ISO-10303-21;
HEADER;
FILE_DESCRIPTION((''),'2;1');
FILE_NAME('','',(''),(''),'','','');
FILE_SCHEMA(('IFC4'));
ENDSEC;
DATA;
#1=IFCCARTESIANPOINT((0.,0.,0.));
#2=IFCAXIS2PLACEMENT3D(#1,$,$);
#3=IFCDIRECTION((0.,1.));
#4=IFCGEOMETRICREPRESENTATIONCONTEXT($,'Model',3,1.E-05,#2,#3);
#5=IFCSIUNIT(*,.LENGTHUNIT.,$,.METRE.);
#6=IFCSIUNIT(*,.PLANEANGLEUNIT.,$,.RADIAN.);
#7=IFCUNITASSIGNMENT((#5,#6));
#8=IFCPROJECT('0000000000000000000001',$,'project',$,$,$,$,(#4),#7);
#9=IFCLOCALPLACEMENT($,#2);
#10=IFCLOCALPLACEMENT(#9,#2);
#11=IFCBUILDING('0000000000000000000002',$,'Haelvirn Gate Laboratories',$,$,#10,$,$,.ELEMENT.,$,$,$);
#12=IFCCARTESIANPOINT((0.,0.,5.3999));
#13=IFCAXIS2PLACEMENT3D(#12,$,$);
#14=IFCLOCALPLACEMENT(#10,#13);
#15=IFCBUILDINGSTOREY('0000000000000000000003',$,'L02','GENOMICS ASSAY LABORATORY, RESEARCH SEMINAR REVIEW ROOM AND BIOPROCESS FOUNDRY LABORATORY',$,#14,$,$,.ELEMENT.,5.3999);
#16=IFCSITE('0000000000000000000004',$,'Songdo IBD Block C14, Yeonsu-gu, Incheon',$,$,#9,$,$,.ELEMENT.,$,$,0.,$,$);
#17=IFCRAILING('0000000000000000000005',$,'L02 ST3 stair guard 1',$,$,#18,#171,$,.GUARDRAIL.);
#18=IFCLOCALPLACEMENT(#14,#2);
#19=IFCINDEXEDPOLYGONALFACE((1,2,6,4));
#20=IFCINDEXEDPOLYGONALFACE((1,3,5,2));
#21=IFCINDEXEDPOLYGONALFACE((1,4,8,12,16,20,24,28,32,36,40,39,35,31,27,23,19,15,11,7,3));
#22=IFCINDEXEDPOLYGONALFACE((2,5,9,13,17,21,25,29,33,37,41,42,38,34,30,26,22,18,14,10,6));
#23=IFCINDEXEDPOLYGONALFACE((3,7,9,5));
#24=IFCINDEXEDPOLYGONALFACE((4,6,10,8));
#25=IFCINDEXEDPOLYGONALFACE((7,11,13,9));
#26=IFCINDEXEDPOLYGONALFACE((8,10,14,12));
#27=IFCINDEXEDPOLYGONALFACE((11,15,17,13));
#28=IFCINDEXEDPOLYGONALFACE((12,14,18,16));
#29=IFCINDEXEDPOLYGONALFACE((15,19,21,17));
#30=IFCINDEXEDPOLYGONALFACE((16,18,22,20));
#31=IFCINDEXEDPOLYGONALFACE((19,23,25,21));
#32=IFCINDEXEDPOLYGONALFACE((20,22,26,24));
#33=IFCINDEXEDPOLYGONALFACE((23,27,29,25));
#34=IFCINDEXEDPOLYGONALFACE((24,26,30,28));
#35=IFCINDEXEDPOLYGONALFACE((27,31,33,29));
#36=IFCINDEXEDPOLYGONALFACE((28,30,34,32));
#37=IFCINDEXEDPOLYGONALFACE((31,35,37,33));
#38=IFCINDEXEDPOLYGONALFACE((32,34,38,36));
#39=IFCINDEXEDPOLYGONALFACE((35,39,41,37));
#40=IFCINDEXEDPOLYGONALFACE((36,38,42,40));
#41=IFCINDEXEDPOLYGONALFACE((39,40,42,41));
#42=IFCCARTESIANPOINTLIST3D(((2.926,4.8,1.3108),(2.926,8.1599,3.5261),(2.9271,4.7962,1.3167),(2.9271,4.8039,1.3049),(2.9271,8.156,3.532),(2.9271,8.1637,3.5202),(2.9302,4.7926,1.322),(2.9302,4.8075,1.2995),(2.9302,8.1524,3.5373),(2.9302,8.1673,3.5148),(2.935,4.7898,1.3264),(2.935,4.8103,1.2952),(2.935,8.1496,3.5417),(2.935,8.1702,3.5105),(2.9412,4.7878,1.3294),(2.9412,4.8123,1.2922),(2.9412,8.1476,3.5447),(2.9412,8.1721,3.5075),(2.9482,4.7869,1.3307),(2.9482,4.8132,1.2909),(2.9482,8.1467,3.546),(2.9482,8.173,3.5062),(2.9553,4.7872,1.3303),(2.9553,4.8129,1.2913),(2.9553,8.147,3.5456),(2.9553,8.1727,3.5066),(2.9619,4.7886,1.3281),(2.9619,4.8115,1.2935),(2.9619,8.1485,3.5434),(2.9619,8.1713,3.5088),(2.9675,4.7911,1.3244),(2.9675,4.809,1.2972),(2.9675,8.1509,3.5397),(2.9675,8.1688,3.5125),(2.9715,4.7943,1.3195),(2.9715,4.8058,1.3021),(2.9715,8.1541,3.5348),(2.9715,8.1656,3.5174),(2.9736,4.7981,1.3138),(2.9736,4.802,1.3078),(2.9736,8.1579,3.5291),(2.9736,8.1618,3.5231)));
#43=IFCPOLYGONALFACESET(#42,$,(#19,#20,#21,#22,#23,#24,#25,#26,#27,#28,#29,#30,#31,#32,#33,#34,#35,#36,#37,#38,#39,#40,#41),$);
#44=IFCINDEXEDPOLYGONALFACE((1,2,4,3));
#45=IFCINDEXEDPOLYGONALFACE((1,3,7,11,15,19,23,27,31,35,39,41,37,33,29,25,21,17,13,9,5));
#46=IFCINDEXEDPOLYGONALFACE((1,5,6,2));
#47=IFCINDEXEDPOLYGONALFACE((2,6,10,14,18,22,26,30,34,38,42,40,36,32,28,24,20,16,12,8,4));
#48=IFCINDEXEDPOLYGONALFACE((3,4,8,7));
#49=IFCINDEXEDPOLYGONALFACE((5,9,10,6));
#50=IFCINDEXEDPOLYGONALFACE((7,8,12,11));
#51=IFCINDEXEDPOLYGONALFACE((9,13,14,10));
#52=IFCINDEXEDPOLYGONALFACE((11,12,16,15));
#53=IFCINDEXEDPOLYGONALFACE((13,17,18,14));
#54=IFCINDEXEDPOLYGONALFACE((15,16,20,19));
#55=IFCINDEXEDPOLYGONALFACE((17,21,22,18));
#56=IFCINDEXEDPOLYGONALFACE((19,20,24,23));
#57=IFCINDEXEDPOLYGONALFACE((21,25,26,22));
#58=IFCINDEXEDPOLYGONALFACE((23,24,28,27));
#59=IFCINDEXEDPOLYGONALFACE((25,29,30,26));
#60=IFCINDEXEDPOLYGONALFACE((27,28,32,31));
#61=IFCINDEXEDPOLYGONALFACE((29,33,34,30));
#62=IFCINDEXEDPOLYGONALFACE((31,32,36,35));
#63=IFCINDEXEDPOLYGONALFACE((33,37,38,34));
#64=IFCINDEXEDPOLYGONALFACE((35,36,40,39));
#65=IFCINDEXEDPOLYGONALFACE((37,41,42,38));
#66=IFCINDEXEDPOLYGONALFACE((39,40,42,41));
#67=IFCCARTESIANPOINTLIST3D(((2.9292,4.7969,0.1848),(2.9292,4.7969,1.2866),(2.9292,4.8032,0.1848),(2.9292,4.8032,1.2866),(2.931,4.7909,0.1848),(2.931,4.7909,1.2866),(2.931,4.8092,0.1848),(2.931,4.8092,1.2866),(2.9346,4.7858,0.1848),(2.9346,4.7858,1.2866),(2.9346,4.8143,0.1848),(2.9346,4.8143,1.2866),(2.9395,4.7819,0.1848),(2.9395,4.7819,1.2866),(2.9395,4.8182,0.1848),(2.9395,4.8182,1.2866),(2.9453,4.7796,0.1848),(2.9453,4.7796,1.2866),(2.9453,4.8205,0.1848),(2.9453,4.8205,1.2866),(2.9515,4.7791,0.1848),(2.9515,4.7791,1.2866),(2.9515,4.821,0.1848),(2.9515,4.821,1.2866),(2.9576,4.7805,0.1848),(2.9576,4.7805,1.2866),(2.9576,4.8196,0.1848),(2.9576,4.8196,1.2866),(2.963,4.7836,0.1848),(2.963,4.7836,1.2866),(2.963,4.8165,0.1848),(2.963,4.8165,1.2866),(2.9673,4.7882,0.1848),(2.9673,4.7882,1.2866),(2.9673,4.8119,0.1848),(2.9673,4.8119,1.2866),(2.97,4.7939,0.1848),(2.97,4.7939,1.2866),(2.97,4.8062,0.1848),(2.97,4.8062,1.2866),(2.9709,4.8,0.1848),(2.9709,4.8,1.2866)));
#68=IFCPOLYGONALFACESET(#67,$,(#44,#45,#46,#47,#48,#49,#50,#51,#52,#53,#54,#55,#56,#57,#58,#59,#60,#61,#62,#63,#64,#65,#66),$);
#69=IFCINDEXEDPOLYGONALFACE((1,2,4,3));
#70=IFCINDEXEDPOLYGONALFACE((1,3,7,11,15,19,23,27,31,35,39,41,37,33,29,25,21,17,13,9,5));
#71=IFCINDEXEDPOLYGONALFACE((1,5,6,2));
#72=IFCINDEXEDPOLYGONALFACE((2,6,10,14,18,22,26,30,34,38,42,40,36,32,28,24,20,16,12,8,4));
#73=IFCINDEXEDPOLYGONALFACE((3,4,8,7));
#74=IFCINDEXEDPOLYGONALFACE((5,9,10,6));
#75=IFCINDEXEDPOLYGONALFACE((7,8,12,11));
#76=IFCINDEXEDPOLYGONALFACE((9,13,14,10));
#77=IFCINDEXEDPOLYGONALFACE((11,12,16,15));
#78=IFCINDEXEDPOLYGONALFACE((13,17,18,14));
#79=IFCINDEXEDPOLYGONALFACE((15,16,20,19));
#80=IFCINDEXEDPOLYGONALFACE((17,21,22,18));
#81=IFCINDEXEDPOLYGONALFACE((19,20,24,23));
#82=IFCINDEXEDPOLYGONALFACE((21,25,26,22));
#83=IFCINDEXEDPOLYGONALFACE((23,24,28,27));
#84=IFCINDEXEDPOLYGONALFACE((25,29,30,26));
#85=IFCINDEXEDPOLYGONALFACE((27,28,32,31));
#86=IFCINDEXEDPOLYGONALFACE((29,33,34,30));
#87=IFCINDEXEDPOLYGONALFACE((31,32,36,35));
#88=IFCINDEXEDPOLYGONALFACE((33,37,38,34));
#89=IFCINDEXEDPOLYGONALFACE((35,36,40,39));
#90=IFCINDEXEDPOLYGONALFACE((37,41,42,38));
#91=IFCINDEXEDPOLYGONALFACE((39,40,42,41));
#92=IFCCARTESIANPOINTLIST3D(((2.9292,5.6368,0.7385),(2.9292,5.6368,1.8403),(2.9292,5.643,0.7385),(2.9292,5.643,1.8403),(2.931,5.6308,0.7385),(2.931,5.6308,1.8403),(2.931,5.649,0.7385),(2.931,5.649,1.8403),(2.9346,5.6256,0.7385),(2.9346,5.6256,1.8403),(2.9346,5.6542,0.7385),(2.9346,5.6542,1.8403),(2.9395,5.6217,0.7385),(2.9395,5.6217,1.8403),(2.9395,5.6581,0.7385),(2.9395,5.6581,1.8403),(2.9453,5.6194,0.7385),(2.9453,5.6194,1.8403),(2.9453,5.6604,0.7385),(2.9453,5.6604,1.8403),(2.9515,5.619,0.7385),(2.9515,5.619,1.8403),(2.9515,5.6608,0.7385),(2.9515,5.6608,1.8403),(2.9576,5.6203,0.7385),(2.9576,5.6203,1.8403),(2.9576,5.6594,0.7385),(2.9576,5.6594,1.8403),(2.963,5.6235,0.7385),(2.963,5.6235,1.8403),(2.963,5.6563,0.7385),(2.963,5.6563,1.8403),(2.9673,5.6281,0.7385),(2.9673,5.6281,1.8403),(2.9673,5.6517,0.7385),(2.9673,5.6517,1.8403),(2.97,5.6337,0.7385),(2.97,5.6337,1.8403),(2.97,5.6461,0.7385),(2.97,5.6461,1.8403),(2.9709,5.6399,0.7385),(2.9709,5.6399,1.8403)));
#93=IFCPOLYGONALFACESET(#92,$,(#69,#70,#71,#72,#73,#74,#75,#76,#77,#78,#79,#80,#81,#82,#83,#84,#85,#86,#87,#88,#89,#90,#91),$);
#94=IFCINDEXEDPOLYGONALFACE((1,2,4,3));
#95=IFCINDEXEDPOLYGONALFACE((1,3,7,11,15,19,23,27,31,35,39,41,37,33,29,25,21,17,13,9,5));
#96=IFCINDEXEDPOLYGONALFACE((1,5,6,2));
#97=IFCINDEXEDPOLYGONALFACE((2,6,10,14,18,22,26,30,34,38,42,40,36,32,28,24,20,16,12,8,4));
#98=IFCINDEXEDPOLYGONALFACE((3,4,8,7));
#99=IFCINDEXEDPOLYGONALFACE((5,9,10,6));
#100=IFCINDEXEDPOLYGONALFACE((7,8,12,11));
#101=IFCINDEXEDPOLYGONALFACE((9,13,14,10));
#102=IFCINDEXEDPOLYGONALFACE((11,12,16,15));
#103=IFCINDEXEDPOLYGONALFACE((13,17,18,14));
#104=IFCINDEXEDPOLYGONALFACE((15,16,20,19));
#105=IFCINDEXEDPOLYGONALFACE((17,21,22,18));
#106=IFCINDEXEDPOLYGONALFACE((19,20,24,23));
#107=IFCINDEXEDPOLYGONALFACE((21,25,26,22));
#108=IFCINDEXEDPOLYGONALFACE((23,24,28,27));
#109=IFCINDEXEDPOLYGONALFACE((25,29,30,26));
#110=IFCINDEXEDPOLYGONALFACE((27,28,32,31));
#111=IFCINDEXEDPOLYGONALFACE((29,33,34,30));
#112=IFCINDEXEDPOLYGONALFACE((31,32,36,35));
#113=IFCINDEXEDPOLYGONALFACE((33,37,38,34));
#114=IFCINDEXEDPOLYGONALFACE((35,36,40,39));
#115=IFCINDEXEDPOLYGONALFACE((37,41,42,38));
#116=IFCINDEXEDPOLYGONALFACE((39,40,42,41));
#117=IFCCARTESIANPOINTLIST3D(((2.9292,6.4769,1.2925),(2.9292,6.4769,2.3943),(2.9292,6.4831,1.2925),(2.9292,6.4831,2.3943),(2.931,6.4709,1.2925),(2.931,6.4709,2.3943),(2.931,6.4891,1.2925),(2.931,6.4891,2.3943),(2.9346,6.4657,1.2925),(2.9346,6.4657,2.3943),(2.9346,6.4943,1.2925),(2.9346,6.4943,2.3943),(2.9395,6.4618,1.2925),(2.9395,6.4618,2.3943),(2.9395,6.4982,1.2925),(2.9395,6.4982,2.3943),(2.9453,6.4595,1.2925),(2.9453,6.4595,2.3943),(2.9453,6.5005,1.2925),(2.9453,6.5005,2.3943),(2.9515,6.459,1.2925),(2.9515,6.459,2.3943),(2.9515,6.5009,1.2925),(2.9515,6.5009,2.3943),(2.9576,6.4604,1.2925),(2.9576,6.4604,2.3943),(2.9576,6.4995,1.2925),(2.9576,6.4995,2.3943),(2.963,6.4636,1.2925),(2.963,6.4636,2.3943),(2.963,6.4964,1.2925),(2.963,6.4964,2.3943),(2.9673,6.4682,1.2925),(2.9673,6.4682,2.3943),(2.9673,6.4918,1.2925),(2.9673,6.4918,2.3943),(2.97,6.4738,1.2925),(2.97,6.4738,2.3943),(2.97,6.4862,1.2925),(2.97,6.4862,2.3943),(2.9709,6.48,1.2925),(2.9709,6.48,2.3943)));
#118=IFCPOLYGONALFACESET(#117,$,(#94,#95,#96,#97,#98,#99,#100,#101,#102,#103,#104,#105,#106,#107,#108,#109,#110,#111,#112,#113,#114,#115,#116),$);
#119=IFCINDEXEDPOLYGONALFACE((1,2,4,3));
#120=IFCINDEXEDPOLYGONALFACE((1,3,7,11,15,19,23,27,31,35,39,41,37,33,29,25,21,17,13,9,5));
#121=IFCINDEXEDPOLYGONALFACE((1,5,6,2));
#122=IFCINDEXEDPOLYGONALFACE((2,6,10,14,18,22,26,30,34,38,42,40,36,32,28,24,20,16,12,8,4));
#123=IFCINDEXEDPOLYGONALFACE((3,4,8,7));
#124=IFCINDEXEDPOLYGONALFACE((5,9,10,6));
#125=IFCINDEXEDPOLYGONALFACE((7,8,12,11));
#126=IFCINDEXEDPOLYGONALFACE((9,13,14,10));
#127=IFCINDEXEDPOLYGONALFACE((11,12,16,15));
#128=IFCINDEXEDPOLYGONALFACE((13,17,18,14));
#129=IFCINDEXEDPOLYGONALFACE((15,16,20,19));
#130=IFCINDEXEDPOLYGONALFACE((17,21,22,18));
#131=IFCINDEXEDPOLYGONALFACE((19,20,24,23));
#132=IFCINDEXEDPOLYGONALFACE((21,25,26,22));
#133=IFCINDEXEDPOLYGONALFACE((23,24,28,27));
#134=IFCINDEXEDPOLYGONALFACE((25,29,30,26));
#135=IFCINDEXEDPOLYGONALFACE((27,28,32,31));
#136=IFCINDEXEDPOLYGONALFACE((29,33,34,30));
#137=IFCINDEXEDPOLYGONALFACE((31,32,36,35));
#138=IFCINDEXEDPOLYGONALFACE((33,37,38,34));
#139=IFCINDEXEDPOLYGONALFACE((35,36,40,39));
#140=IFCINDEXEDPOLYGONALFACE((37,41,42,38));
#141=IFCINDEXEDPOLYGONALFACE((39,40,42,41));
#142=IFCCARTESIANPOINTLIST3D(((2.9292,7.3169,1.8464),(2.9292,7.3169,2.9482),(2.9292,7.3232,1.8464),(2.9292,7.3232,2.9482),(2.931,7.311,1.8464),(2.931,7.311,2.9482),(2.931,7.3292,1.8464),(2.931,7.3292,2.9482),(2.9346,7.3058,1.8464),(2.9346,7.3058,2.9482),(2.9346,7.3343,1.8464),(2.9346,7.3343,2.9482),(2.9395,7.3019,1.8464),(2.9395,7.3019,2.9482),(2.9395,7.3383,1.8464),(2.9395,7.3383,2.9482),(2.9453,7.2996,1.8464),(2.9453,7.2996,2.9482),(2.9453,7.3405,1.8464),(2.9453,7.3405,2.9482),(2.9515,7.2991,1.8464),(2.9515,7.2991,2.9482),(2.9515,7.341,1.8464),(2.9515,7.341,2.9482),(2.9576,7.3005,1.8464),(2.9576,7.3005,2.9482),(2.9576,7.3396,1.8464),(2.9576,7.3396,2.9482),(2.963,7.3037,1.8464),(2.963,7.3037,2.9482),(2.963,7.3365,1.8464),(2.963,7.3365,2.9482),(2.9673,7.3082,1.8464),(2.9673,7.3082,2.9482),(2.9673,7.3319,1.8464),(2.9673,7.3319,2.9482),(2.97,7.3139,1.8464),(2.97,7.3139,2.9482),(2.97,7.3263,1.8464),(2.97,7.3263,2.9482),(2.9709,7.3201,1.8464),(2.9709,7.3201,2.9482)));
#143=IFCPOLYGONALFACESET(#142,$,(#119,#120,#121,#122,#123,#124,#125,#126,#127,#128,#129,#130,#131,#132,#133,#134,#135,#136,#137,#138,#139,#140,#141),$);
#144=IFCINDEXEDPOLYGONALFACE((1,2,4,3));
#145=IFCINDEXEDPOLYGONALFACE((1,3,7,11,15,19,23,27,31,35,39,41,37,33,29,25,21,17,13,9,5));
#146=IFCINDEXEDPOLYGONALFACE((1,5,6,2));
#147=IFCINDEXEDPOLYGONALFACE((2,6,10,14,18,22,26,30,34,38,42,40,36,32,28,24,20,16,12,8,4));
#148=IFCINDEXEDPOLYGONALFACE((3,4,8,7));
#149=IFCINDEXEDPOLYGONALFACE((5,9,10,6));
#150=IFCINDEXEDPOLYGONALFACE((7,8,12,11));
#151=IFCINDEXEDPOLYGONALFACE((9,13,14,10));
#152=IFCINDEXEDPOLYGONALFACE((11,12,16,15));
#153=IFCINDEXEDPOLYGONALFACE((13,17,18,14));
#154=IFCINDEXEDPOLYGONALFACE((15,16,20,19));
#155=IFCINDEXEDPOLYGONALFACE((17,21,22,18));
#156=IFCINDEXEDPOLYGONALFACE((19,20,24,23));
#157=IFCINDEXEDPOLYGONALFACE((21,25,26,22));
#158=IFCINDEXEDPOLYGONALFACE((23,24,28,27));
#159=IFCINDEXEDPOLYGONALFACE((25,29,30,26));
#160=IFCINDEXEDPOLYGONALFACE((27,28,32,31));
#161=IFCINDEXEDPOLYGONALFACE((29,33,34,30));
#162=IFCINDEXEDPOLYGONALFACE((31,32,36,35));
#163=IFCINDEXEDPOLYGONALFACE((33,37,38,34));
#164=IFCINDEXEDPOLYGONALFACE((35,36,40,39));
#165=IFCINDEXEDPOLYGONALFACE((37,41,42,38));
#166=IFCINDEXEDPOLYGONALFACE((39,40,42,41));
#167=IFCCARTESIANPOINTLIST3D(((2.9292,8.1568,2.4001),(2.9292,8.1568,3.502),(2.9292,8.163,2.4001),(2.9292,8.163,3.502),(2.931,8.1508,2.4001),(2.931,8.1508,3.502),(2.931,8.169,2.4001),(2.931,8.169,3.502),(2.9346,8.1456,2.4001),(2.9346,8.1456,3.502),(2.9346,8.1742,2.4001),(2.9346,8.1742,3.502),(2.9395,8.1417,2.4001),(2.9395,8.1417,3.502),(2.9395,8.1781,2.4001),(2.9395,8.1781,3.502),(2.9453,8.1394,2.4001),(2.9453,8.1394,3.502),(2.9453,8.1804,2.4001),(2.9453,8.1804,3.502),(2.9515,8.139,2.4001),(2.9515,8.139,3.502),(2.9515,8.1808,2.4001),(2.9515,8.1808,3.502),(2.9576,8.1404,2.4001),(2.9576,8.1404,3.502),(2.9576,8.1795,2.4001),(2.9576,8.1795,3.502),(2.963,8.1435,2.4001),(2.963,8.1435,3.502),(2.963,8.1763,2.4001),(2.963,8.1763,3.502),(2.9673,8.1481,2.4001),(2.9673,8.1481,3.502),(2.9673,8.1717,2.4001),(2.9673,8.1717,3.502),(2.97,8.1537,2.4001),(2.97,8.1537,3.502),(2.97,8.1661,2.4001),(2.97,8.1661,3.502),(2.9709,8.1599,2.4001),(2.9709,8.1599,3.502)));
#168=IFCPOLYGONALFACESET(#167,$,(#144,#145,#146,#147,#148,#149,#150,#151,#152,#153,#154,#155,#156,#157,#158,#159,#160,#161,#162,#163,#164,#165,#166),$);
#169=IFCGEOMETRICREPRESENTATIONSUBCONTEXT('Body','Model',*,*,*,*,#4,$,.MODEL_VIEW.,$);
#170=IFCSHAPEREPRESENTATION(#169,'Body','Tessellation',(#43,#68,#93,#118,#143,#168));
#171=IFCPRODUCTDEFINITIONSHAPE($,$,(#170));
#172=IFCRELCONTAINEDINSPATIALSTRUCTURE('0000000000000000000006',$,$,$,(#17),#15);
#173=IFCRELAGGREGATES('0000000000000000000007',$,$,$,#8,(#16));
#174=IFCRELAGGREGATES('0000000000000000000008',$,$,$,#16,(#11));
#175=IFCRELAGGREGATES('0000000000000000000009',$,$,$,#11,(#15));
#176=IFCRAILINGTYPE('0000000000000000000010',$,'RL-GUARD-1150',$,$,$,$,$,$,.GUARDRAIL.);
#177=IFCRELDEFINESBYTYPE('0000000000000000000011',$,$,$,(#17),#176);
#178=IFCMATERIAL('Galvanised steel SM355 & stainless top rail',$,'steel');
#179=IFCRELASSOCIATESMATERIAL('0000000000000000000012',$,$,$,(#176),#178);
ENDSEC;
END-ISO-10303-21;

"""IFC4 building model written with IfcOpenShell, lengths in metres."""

from ifc_helpers import new_model, si_unit, direction, frame, origin, origin_2d, place, context, subcontext, project, spatial, circle, extrude, source, transform, mapped, material, type_object, element, save


model = new_model("IFC4")

# Units and contexts
model_context = context("Model", 3, precision=1e-05, world=origin(), true_north=direction((0.0, 1.0)))
body_context = subcontext(model_context, "Body", "Model", "MODEL_VIEW")
ifc_project = project(units=[si_unit("LENGTHUNIT", "METRE"), si_unit("PLANEANGLEUNIT", "RADIAN")], contexts=[model_context])

# Site, building, storey
site_placement = place(None, origin())
site = spatial("IfcSite", under=ifc_project, at=site_placement, Name="Songdo IBD Block C14, Yeonsu-gu, Incheon", CompositionType="ELEMENT", RefElevation=0.0)
building_placement = place(site_placement, origin())
building = spatial("IfcBuilding", under=site, at=building_placement, Name="Haelvirn Gate Laboratories", CompositionType="ELEMENT")
storey_placement = place(building_placement, frame((0.0, 0.0, 5.3999)))
storey = spatial("IfcBuildingStorey", under=building, at=storey_placement, Name="L02", Description="GENOMICS ASSAY LABORATORY, RESEARCH SEMINAR REVIEW ROOM AND BIOPROCESS FOUNDRY LABORATORY", CompositionType="ELEMENT", Elevation=5.3999)

# Railing
ifc_material_1 = material(Name="Galvanised steel SM355 & stainless top rail", Category="steel")
railing_type_1 = type_object("IfcRailingType", Name="RL-GUARD-1150", PredefinedType="GUARDRAIL", material=ifc_material_1)
shared_shape_1 = source(origin(), body_context, "Body", "SweptSolid", [
    extrude(circle(Radius=0.0239, at=origin_2d()), frame((0.0, 0.0, 1.126), z_axis=(0.0, 0.834858, 0.550465), x_axis=(-1.0, 0.0, 0.0)), (0.0, 0.0, 1.0), 4.0244),
    extrude(circle(Radius=0.021, at=origin_2d()), origin(), (0.0, 0.0, 1.0), 1.1018),
    extrude(circle(Radius=0.021, at=origin_2d()), frame((0.0, 0.8398, 0.5537)), (0.0, 0.0, 1.0), 1.1018),
    extrude(circle(Radius=0.021, at=origin_2d()), frame((0.0, 1.6799, 1.1077)), (0.0, 0.0, 1.0), 1.1018),
    extrude(circle(Radius=0.021, at=origin_2d()), frame((0.0, 2.52, 1.6616)), (0.0, 0.0, 1.0), 1.1018),
    extrude(circle(Radius=0.021, at=origin_2d()), frame((0.0, 3.3599, 2.2153)), (0.0, 0.0, 1.0), 1.1018),
])
railing_1_placement = place(storey_placement, frame((2.95, 4.8, 0.1848)))
element("IfcRailing", 1, at=railing_1_placement, inside=storey, type_object=railing_type_1, Name="L02 ST3 stair guard 1", PredefinedType="GUARDRAIL", context=body_context, shape_type="MappedRepresentation", body=[
    mapped(shared_shape_1, transform((0.0, 0.0, 0.0), scale=1.0)),
])

save(model, "model.ifc")
